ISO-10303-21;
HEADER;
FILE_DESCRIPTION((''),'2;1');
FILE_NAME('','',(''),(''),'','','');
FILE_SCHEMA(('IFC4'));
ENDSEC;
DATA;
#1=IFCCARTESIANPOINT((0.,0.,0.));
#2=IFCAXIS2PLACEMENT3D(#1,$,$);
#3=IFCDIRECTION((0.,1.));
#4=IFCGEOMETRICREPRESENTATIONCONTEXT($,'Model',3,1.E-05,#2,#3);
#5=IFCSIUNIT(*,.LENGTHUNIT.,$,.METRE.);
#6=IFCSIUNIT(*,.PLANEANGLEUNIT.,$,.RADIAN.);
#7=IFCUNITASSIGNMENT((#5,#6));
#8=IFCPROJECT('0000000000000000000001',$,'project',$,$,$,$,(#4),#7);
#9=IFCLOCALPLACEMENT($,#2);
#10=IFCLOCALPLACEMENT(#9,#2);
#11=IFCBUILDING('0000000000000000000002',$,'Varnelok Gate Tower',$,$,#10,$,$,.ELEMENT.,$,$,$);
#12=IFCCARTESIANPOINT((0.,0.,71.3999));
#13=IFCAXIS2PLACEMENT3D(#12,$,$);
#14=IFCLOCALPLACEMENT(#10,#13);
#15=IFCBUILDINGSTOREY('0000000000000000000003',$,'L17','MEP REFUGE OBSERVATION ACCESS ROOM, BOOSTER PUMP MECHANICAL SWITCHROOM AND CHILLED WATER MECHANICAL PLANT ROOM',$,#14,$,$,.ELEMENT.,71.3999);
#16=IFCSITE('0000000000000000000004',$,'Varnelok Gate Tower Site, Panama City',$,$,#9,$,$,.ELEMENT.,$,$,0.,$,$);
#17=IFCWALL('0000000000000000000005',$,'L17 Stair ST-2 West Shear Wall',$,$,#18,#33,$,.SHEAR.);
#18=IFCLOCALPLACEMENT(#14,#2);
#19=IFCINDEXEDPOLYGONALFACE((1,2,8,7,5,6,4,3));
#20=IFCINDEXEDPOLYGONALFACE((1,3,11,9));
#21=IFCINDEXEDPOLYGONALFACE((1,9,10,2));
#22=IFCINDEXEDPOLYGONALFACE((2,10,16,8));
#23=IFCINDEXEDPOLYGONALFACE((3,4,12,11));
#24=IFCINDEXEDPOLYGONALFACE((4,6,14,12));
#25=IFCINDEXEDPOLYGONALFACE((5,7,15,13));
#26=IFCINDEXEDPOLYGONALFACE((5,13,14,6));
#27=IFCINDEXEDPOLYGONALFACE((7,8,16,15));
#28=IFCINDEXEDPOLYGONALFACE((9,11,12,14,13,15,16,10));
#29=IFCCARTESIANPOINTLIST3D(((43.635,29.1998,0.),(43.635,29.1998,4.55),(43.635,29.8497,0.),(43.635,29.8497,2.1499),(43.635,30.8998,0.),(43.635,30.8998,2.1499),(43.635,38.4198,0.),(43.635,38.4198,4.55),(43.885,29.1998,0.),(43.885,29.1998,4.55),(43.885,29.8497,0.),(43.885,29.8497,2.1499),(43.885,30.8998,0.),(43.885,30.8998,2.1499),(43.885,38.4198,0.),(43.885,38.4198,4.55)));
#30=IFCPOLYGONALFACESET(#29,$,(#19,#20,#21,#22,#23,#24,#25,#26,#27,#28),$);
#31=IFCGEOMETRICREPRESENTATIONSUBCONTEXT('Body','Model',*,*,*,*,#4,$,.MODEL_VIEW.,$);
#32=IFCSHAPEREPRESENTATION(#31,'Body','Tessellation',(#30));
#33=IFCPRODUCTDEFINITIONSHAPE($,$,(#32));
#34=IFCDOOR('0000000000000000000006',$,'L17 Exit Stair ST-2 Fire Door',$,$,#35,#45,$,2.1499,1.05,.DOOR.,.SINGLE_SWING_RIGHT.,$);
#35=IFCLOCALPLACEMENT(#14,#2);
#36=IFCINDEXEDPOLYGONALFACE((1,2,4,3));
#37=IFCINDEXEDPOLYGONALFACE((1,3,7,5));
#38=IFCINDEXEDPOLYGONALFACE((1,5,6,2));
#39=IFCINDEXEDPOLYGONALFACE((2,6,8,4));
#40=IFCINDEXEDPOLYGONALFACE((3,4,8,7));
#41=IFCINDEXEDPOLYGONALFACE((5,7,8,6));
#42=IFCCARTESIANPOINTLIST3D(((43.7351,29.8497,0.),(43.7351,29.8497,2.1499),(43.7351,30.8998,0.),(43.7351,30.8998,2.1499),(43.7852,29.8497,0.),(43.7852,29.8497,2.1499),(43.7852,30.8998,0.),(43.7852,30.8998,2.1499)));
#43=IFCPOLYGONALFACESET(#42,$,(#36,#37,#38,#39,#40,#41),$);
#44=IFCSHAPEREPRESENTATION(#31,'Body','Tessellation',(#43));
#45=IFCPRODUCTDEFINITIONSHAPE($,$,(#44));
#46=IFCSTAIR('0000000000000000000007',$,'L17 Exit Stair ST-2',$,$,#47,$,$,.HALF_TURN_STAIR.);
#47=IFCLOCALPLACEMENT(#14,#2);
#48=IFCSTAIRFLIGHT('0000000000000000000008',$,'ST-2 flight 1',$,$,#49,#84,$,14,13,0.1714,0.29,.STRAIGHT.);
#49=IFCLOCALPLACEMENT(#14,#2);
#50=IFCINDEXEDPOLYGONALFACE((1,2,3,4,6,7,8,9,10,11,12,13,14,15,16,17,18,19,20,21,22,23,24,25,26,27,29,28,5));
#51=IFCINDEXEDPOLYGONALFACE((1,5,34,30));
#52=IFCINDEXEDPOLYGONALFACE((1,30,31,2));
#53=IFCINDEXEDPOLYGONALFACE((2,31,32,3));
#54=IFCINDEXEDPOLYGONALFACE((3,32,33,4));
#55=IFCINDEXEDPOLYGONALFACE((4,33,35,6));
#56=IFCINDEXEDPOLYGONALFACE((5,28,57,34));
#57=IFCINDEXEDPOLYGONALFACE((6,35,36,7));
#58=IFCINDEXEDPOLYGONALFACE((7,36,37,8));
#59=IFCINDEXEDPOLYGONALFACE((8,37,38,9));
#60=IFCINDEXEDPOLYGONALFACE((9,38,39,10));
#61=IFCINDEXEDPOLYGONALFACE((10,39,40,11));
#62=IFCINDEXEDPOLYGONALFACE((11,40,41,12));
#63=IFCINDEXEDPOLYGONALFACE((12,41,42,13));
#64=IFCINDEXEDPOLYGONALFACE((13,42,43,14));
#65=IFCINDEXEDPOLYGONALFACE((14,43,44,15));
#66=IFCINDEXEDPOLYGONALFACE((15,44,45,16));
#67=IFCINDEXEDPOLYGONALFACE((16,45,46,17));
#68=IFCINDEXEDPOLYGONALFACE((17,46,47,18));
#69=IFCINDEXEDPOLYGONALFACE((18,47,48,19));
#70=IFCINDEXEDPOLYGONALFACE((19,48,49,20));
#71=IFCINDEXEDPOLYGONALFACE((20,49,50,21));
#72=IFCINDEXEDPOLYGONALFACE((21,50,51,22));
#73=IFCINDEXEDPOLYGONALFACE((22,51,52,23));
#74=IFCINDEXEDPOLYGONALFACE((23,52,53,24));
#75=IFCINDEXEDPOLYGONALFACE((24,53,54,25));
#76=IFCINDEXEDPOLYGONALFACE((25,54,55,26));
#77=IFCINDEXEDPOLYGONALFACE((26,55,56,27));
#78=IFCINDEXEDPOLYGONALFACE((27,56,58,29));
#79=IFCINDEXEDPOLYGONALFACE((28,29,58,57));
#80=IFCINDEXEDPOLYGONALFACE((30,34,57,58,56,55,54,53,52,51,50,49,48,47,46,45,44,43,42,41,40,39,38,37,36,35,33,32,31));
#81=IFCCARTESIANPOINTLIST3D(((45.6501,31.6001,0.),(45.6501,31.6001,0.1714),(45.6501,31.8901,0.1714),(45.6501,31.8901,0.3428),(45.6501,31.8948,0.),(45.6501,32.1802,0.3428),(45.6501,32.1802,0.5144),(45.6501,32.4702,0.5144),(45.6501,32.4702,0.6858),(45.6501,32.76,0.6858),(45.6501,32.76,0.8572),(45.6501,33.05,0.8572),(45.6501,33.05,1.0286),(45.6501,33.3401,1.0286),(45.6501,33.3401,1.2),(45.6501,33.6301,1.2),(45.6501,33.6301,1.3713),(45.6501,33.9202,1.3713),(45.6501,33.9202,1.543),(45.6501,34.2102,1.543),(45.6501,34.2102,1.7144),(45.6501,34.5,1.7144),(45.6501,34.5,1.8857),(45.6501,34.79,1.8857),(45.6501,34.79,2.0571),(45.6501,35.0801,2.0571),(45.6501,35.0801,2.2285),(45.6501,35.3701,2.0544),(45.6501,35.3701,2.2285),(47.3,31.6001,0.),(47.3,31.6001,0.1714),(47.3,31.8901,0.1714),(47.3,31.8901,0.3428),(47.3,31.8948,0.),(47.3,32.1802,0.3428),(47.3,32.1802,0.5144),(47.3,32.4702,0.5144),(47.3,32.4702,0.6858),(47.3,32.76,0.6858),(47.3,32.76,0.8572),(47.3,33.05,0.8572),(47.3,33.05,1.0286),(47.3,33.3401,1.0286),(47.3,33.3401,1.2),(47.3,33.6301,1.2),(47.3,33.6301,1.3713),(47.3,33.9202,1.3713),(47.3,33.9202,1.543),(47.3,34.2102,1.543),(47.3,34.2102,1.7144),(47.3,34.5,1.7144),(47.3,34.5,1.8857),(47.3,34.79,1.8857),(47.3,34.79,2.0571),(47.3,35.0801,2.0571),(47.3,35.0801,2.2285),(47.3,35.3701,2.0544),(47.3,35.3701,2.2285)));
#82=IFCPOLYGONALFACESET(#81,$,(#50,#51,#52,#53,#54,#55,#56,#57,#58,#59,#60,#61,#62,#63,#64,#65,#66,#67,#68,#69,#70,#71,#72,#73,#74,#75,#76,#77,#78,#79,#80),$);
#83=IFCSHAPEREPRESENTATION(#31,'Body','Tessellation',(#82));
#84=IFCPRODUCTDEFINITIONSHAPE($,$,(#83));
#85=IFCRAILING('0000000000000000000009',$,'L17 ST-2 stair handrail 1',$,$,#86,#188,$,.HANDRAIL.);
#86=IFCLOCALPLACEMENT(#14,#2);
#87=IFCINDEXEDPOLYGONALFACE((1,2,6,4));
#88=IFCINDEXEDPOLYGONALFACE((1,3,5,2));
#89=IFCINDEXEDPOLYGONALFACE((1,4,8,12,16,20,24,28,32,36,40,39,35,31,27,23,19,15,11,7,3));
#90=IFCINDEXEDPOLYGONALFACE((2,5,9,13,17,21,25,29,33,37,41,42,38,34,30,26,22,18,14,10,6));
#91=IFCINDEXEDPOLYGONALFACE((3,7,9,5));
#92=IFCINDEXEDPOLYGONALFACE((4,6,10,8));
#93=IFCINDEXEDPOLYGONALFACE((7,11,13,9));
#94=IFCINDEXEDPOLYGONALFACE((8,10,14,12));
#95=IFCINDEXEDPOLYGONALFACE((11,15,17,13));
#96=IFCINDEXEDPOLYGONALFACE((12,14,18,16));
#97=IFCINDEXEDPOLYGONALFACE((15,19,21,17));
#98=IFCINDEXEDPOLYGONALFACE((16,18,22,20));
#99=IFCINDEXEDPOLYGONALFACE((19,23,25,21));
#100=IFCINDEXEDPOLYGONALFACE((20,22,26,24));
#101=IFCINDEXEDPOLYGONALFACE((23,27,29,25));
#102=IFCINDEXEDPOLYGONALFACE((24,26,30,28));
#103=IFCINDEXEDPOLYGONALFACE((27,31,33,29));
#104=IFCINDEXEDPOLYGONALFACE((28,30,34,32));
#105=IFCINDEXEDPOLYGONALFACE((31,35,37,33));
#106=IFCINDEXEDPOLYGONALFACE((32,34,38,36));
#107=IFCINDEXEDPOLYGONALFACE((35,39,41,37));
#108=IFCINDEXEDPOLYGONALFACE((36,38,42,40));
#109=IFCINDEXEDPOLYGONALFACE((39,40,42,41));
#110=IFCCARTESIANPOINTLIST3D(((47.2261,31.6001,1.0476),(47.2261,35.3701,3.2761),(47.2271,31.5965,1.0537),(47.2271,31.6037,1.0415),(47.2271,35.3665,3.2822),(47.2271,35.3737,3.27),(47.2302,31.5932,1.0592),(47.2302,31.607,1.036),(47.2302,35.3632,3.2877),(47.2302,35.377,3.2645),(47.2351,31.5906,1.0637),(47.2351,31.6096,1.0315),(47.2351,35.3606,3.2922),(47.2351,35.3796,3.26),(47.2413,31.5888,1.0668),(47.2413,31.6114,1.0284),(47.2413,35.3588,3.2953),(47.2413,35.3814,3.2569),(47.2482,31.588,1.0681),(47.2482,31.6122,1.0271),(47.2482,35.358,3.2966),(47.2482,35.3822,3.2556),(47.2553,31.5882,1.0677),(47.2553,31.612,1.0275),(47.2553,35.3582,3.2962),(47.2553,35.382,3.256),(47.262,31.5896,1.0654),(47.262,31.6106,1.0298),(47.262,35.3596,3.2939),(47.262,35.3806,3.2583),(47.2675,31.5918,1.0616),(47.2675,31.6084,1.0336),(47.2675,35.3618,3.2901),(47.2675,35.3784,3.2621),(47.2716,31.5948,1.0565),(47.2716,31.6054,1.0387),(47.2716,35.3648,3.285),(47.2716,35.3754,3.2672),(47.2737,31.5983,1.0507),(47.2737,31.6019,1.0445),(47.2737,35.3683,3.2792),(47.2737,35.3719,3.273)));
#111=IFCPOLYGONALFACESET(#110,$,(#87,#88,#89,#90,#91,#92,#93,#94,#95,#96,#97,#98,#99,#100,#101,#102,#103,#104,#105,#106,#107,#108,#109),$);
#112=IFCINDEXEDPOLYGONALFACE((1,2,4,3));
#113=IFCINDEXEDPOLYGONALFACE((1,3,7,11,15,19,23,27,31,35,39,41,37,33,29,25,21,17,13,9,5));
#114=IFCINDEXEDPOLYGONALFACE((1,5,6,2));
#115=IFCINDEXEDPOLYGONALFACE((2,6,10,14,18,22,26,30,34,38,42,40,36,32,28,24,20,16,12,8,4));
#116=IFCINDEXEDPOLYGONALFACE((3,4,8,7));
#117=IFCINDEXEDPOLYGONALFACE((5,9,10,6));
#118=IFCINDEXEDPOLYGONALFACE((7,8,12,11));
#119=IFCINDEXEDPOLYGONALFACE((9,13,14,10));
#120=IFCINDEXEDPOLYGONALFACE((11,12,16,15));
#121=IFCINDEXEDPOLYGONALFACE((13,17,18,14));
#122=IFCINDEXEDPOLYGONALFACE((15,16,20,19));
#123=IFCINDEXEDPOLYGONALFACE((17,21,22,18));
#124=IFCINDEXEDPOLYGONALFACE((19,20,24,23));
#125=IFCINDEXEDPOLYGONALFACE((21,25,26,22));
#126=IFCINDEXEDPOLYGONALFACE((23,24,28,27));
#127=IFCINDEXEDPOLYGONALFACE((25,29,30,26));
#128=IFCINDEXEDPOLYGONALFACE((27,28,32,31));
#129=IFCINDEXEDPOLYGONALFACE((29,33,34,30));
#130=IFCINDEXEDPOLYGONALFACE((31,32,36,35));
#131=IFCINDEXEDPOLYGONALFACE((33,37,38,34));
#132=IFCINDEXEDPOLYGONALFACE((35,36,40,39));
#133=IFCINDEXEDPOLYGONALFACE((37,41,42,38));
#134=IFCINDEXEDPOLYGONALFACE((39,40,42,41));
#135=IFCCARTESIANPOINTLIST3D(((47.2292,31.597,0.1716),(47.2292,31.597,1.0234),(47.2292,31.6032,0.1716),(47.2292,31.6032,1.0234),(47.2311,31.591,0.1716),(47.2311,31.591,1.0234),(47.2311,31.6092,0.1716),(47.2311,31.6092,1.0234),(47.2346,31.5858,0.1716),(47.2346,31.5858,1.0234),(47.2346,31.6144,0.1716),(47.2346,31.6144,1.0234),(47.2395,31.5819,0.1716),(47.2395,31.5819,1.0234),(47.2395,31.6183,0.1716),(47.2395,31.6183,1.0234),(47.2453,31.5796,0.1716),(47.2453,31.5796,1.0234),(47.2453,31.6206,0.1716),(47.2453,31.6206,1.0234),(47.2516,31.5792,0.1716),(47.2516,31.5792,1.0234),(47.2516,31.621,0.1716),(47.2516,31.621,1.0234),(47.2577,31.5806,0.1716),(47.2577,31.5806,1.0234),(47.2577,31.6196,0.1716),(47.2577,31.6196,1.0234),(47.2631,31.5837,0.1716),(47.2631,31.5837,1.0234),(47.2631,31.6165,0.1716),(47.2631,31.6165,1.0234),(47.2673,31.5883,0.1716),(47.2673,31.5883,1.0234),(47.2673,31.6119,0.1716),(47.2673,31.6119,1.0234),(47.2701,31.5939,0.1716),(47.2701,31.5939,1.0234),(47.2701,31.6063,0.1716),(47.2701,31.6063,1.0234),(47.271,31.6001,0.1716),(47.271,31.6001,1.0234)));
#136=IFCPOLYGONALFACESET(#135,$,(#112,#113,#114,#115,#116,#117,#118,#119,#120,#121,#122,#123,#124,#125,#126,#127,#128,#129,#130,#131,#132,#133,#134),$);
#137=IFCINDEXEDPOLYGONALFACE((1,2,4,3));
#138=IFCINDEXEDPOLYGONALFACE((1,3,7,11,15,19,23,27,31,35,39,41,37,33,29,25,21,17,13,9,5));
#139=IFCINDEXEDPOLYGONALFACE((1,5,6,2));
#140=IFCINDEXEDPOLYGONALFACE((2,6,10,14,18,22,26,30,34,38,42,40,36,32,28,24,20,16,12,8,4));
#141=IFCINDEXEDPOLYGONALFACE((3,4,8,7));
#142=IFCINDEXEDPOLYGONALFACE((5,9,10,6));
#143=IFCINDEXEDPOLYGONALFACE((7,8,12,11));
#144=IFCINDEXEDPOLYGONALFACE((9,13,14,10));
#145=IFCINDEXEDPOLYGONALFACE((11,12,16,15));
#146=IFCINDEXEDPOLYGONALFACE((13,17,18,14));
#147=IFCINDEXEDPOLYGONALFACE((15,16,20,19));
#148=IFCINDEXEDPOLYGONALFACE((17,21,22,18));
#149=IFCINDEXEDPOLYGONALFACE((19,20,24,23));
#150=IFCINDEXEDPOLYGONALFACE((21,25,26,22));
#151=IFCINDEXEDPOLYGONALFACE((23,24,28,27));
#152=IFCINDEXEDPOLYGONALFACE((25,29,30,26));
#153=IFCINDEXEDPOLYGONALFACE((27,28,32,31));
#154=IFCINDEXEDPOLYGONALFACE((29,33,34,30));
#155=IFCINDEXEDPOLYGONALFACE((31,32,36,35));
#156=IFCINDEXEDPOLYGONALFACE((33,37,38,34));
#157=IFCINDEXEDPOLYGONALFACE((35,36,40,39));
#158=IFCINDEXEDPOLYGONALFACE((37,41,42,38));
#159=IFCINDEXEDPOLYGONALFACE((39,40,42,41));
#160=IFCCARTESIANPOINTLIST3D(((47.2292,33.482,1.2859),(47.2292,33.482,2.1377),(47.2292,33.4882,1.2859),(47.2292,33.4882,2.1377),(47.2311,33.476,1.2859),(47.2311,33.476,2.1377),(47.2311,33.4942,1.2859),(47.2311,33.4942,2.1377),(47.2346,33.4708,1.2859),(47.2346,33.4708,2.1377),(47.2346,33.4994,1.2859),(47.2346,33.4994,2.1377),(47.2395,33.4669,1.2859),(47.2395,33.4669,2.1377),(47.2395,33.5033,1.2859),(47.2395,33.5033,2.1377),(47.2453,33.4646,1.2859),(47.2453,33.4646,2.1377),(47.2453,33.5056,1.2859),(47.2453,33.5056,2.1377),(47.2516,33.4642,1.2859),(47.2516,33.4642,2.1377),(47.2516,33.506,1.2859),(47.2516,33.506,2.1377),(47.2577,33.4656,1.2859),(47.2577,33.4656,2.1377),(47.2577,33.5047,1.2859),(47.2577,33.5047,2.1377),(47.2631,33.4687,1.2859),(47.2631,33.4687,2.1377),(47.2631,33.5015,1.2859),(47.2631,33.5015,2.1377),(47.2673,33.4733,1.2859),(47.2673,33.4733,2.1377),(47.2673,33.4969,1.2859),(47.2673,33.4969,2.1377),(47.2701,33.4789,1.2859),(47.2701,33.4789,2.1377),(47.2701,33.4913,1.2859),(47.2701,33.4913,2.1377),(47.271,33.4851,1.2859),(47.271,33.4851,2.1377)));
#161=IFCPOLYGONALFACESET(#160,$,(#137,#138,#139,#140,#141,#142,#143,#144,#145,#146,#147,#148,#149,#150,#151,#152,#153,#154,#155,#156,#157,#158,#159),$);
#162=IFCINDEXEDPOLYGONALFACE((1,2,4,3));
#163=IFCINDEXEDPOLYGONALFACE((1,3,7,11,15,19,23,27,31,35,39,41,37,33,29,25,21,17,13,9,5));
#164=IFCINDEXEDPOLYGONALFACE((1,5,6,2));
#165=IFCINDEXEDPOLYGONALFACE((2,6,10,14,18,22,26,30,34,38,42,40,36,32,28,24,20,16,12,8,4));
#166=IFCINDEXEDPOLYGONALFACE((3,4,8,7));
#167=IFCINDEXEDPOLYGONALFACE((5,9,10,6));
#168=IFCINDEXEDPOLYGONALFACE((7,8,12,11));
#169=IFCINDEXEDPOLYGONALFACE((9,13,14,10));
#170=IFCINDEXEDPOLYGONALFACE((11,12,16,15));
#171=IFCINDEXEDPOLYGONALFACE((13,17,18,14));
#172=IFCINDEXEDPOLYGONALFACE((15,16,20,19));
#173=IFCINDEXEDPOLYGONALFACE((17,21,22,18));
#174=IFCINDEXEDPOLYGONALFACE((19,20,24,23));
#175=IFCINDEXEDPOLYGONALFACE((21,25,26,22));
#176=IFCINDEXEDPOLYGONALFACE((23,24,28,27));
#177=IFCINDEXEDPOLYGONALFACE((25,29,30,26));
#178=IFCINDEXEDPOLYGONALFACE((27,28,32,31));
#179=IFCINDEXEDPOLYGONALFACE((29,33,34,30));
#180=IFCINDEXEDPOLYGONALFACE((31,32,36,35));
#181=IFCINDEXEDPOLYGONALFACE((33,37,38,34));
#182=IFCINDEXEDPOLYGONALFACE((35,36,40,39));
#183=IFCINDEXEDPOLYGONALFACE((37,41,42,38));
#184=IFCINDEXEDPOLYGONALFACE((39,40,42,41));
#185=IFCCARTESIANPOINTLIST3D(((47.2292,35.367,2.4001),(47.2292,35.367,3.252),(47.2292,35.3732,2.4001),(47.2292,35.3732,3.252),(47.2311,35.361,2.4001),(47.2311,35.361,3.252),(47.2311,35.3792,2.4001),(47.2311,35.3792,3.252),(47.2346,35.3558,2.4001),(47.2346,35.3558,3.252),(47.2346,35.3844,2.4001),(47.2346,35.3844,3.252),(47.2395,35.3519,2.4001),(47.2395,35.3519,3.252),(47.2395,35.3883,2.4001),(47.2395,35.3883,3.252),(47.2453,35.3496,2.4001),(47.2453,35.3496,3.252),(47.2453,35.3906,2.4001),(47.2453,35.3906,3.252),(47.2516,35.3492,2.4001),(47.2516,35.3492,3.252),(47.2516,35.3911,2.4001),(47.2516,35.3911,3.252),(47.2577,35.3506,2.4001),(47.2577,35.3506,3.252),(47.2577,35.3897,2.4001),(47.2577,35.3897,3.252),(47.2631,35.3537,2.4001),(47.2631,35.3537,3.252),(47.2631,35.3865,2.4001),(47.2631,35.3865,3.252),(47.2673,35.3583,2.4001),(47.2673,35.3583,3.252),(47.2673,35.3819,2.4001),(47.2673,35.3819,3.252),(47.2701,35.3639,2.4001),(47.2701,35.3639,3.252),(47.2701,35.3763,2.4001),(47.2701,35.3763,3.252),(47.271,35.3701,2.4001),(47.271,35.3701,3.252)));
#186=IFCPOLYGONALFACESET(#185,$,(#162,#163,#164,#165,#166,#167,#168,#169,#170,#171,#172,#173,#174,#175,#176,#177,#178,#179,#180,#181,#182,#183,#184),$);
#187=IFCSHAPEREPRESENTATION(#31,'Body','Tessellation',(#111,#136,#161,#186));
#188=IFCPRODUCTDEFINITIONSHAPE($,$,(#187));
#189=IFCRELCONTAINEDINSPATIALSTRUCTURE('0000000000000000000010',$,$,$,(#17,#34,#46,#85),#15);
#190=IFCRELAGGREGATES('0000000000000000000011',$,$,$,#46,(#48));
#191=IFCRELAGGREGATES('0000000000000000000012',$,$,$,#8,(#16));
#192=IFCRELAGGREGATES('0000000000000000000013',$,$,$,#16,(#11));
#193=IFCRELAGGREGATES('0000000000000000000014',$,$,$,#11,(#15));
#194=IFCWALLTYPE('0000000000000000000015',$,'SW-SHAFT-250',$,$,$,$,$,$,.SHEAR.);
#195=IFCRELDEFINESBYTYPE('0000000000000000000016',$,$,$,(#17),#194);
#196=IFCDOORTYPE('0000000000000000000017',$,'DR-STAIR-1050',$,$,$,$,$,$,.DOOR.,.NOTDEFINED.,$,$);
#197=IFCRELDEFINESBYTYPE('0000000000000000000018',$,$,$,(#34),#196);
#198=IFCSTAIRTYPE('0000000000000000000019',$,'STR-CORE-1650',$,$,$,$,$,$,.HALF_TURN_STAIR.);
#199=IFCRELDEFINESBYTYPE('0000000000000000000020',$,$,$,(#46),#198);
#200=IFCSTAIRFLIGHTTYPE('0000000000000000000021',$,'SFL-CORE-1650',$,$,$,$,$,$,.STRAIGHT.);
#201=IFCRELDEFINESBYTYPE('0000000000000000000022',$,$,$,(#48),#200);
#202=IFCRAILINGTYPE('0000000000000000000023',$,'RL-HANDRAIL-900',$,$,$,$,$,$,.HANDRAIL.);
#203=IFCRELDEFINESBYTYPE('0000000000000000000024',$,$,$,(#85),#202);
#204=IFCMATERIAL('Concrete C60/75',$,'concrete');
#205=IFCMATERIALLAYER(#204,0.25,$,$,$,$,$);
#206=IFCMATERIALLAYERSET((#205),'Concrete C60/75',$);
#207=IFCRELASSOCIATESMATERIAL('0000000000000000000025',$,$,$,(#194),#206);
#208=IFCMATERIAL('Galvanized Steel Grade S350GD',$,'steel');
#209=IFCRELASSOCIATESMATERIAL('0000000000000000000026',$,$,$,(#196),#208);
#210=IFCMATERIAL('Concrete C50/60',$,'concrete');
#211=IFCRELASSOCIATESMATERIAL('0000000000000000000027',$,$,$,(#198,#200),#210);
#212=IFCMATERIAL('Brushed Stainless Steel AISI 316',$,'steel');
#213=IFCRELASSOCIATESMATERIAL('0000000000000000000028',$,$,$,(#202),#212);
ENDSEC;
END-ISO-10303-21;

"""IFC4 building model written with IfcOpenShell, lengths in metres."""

from ifc_helpers import new_model, si_unit, direction, frame, frame_2d, origin, origin_2d, place, context, subcontext, project, spatial, polyline, rectangle, circle, outline, extrude, material, layer, layer_set, type_object, element, fill, aggregate, save


model = new_model("IFC4")

# Units and contexts
model_context = context("Model", 3, precision=1e-05, world=origin(), true_north=direction((0.0, 1.0)))
body_context = subcontext(model_context, "Body", "Model", "MODEL_VIEW")
ifc_project = project(units=[si_unit("LENGTHUNIT", "METRE"), si_unit("PLANEANGLEUNIT", "RADIAN")], contexts=[model_context])

# Site, building, storey
site_placement = place(None, origin())
site = spatial("IfcSite", under=ifc_project, at=site_placement, Name="Varnelok Gate Tower Site, Panama City", CompositionType="ELEMENT", RefElevation=0.0)
building_placement = place(site_placement, origin())
building = spatial("IfcBuilding", under=site, at=building_placement, Name="Varnelok Gate Tower", CompositionType="ELEMENT")
storey_placement = place(building_placement, frame((0.0, 0.0, 71.3999)))
storey = spatial("IfcBuildingStorey", under=building, at=storey_placement, Name="L17", Description="MEP REFUGE OBSERVATION ACCESS ROOM, BOOSTER PUMP MECHANICAL SWITCHROOM AND CHILLED WATER MECHANICAL PLANT ROOM", CompositionType="ELEMENT", Elevation=71.3999)

# Shared definitions
ifc_material_1 = material(Name="Galvanized Steel Grade S350GD", Category="steel")

# Wall, opening, door
ifc_material_2 = material(Name="Concrete C60/75", Category="concrete")
ifc_layer_1 = layer(ifc_material_2, 0.25)
ifc_layer_set_1 = layer_set([ifc_layer_1], Name="Concrete C60/75")
wall_type_1 = type_object("IfcWallType", Name="SW-SHAFT-250", PredefinedType="SHEAR", material=ifc_layer_set_1)
wall_1_placement = place(storey_placement, frame((43.76, 29.2, 0.0), z_axis=(0.0, 0.0, 1.0), x_axis=(0.0, 1.0, 0.0)))
wall_1 = element("IfcWall", 1, at=wall_1_placement, inside=storey, type_object=wall_type_1, Name="L17 Stair ST-2 West Shear Wall", PredefinedType="SHEAR", context=body_context, shape_type="SweptSolid", body=[
    extrude(rectangle(XDim=9.22, YDim=0.25, at=frame_2d((4.6099, 0.0))), origin(), (0.0, 0.0, 1.0), 4.55),
])
opening_1_placement = place(wall_1_placement, frame((0.6499, 0.0, 0.0)))
opening_1 = element("IfcOpeningElement", 2, at=opening_1_placement, cuts=wall_1, PredefinedType="OPENING", context=body_context, shape_type="SweptSolid", body=[
    extrude(rectangle(XDim=1.05, YDim=2.1499, at=frame_2d((0.5249, 1.075))), frame((0.0, 0.135, 0.0), z_axis=(0.0, -1.0, 0.0), x_axis=(1.0, 0.0, 0.0)), (0.0, 0.0, 1.0), 0.27),
])
door_type_1 = type_object("IfcDoorType", Name="DR-STAIR-1050", OperationType="NOTDEFINED", PredefinedType="DOOR", material=ifc_material_1)
door_1_placement = place(opening_1_placement, origin())
door_1 = element("IfcDoor", 3, at=door_1_placement, inside=storey, type_object=door_type_1, Name="L17 Exit Stair ST-2 Fire Door", OperationType="SINGLE_SWING_RIGHT", OverallHeight=2.1499, OverallWidth=1.05, PredefinedType="DOOR", context=body_context, shape_type="SweptSolid", body=[
    extrude(rectangle(XDim=1.05, YDim=2.1499, at=frame_2d((0.5249, 1.075))), frame((0.0, 0.0249, 0.0), z_axis=(0.0, -1.0, 0.0), x_axis=(1.0, 0.0, 0.0)), (0.0, 0.0, 1.0), 0.05),
])
fill(opening_1, door_1)

# Stair, stair flight
ifc_material_3 = material(Name="Concrete C50/60", Category="concrete")
stair_type = type_object("IfcStairType", Name="STR-CORE-1650", PredefinedType="HALF_TURN_STAIR", material=ifc_material_3)
stair_placement = place(storey_placement, origin())
stair = element("IfcStair", 4, at=stair_placement, inside=storey, type_object=stair_type, Name="L17 Exit Stair ST-2", PredefinedType="HALF_TURN_STAIR")
stair_flight_type = type_object("IfcStairFlightType", Name="SFL-CORE-1650", PredefinedType="STRAIGHT", material=ifc_material_3)
stair_flight_placement = place(storey_placement, frame((46.4751, 31.6001, 0.0), z_axis=(0.0, 0.0, 1.0), x_axis=(0.0, 1.0, 0.0)))
stair_flight = element("IfcStairFlight", 5, at=stair_flight_placement, type_object=stair_flight_type, Name="ST-2 flight 1", NumberOfRisers=14, NumberOfTreads=13, PredefinedType="STRAIGHT", RiserHeight=0.1714, TreadLength=0.29, context=body_context, shape_type="SweptSolid", body=[
    extrude(outline(polyline([(0.0, 0.0), (0.0, 0.1714), (0.29, 0.1714), (0.29, 0.3428), (0.5801, 0.3428), (0.5801, 0.5144), (0.8701, 0.5144), (0.8701, 0.6858), (1.1599, 0.6858), (1.1599, 0.8572), (1.45, 0.8572), (1.45, 1.0286), (1.74, 1.0286), (1.74, 1.2), (2.03, 1.2), (2.03, 1.3713), (2.3201, 1.3713), (2.3201, 1.543), (2.6101, 1.543), (2.6101, 1.7144), (2.8999, 1.7144), (2.8999, 1.8857), (3.1899, 1.8857), (3.1899, 2.0571), (3.48, 2.0571), (3.48, 2.2285), (3.77, 2.2285), (3.77, 2.3999), (3.77, 2.0544), (0.2947, 0.0), (0.0, 0.0)])), frame((0.0, 0.825, 0.0), z_axis=(0.0, -1.0, 0.0), x_axis=(1.0, 0.0, 0.0)), (0.0, 0.0, 1.0), 1.6499),
])
aggregate(stair, [stair_flight])

# Railing
ifc_material_4 = material(Name="Brushed Stainless Steel AISI 316", Category="steel")
railing_type_1 = type_object("IfcRailingType", Name="RL-HANDRAIL-900", PredefinedType="HANDRAIL", material=ifc_material_4)
railing_1_placement = place(storey_placement, frame((47.25, 31.6001, 0.1716)))
element("IfcRailing", 6, at=railing_1_placement, inside=storey, type_object=railing_type_1, Name="L17 ST-2 stair handrail 1", PredefinedType="HANDRAIL", context=body_context, shape_type="SweptSolid", body=[
    extrude(circle(Radius=0.0239, at=origin_2d()), frame((0.0, 0.0, 0.876), z_axis=(0.0, 0.860849, 0.508861), x_axis=(-1.0, 0.0, 0.0)), (0.0, 0.0, 1.0), 4.3794),
    extrude(circle(Radius=0.021, at=origin_2d()), origin(), (0.0, 0.0, 1.0), 0.8518),
    extrude(circle(Radius=0.021, at=origin_2d()), frame((0.0, 1.885, 1.1143)), (0.0, 0.0, 1.0), 0.8518),
    extrude(circle(Radius=0.021, at=origin_2d()), frame((0.0, 3.77, 2.2285)), (0.0, 0.0, 1.0), 0.8518),
])

save(model, "model.ifc")
